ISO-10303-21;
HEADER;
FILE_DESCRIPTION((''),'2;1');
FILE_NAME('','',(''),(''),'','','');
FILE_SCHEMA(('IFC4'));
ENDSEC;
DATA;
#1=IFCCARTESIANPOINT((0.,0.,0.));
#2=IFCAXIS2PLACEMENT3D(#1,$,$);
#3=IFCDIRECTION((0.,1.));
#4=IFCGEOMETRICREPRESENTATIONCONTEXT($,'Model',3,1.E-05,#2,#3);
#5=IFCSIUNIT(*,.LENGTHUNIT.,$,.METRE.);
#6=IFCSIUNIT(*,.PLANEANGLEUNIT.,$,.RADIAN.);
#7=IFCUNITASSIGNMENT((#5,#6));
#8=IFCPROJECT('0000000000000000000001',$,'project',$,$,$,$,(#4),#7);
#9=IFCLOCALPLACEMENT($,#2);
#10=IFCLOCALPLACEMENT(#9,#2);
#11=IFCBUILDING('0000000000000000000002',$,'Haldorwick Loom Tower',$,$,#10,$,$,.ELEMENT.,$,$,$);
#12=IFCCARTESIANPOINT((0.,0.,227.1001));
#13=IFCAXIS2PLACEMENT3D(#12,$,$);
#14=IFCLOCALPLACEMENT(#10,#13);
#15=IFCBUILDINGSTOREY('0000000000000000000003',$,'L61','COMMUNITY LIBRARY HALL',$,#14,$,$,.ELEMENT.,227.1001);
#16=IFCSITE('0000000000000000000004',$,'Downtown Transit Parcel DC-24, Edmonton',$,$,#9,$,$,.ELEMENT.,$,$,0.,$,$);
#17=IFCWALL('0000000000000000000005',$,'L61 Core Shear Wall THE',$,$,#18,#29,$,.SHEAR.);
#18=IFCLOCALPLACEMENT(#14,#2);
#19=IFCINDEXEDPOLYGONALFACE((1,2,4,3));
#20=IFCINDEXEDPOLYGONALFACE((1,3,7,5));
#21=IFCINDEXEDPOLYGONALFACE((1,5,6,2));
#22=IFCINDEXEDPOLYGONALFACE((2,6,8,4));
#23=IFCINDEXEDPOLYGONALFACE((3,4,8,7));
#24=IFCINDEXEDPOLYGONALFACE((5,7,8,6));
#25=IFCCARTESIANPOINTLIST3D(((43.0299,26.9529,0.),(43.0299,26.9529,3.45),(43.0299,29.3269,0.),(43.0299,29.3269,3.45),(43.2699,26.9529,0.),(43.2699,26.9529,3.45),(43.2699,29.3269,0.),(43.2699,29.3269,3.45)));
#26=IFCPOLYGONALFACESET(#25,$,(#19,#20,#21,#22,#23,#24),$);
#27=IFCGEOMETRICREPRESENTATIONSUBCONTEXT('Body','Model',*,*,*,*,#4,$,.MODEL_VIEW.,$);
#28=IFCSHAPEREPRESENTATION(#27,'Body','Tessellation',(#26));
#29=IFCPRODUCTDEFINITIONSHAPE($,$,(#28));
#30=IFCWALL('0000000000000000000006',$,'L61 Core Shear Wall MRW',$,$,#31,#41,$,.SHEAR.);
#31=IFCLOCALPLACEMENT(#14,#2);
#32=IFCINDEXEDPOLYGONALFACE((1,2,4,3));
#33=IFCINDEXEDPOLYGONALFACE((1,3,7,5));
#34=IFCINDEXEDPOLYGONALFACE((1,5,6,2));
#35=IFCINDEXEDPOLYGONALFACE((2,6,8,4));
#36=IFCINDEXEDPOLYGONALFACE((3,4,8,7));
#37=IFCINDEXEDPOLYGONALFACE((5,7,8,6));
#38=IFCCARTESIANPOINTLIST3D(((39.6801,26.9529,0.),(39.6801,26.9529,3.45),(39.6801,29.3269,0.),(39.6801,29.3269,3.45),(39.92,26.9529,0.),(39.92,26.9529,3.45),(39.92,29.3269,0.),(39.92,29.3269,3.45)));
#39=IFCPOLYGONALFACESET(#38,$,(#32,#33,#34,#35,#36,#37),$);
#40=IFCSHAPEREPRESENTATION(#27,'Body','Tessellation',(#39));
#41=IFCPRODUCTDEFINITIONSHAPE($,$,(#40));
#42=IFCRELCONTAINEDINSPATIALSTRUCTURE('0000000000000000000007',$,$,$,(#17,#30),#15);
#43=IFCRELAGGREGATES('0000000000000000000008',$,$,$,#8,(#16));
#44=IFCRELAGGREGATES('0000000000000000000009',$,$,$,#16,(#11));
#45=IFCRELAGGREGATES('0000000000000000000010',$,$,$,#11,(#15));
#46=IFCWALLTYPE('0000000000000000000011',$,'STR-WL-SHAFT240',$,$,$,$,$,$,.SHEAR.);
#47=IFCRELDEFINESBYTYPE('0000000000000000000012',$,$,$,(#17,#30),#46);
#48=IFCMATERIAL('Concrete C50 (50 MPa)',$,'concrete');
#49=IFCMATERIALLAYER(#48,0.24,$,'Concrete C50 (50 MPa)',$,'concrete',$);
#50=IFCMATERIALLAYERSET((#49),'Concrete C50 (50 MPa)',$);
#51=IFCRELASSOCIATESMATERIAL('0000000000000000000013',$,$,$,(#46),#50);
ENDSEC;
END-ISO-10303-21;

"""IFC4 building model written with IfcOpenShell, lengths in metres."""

from ifc_helpers import new_model, si_unit, direction, frame, frame_2d, origin, place, context, subcontext, project, spatial, rectangle, extrude, material, layer, layer_set, type_object, element, save


model = new_model("IFC4")

# Units and contexts
model_context = context("Model", 3, precision=1e-05, world=origin(), true_north=direction((0.0, 1.0)))
body_context = subcontext(model_context, "Body", "Model", "MODEL_VIEW")
ifc_project = project(units=[si_unit("LENGTHUNIT", "METRE"), si_unit("PLANEANGLEUNIT", "RADIAN")], contexts=[model_context])

# Site, building, storey
site_placement = place(None, origin())
site = spatial("IfcSite", under=ifc_project, at=site_placement, Name="Downtown Transit Parcel DC-24, Edmonton", CompositionType="ELEMENT", RefElevation=0.0)
building_placement = place(site_placement, origin())
building = spatial("IfcBuilding", under=site, at=building_placement, Name="Haldorwick Loom Tower", CompositionType="ELEMENT")
storey_placement = place(building_placement, frame((0.0, 0.0, 227.1001)))
storey = spatial("IfcBuildingStorey", under=building, at=storey_placement, Name="L61", Description="COMMUNITY LIBRARY HALL", CompositionType="ELEMENT", Elevation=227.1001)

# Shared definitions
ifc_material_1 = material(Name="Concrete C50 (50 MPa)", Category="concrete")

# Walls
ifc_layer_1 = layer(ifc_material_1, 0.24, Name="Concrete C50 (50 MPa)", Category="concrete")
ifc_layer_set_1 = layer_set([ifc_layer_1], Name="Concrete C50 (50 MPa)")
wall_type_1 = type_object("IfcWallType", Name="STR-WL-SHAFT240", PredefinedType="SHEAR", material=ifc_layer_set_1)
for number, where, z_axis, x_axis, name in (
    (1, (43.1499, 26.9529, 0.0), (0.0, 0.0, 1.0), (0.0, 1.0, 0.0), "L61 Core Shear Wall THE"),
    (2, (39.8, 26.9529, 0.0), (0.0, 0.0, 1.0), (0.0, 1.0, 0.0), "L61 Core Shear Wall MRW"),
):
    element("IfcWall", number, at=place(storey_placement, frame(where, z_axis=z_axis, x_axis=x_axis)), inside=storey, type_object=wall_type_1, Name=name, PredefinedType="SHEAR", context=body_context, shape_type="SweptSolid", body=[
        extrude(rectangle(XDim=2.374, YDim=0.24, at=frame_2d((1.187, 0.0))), origin(), (0.0, 0.0, 1.0), 3.45),
    ])

save(model, "model.ifc")
